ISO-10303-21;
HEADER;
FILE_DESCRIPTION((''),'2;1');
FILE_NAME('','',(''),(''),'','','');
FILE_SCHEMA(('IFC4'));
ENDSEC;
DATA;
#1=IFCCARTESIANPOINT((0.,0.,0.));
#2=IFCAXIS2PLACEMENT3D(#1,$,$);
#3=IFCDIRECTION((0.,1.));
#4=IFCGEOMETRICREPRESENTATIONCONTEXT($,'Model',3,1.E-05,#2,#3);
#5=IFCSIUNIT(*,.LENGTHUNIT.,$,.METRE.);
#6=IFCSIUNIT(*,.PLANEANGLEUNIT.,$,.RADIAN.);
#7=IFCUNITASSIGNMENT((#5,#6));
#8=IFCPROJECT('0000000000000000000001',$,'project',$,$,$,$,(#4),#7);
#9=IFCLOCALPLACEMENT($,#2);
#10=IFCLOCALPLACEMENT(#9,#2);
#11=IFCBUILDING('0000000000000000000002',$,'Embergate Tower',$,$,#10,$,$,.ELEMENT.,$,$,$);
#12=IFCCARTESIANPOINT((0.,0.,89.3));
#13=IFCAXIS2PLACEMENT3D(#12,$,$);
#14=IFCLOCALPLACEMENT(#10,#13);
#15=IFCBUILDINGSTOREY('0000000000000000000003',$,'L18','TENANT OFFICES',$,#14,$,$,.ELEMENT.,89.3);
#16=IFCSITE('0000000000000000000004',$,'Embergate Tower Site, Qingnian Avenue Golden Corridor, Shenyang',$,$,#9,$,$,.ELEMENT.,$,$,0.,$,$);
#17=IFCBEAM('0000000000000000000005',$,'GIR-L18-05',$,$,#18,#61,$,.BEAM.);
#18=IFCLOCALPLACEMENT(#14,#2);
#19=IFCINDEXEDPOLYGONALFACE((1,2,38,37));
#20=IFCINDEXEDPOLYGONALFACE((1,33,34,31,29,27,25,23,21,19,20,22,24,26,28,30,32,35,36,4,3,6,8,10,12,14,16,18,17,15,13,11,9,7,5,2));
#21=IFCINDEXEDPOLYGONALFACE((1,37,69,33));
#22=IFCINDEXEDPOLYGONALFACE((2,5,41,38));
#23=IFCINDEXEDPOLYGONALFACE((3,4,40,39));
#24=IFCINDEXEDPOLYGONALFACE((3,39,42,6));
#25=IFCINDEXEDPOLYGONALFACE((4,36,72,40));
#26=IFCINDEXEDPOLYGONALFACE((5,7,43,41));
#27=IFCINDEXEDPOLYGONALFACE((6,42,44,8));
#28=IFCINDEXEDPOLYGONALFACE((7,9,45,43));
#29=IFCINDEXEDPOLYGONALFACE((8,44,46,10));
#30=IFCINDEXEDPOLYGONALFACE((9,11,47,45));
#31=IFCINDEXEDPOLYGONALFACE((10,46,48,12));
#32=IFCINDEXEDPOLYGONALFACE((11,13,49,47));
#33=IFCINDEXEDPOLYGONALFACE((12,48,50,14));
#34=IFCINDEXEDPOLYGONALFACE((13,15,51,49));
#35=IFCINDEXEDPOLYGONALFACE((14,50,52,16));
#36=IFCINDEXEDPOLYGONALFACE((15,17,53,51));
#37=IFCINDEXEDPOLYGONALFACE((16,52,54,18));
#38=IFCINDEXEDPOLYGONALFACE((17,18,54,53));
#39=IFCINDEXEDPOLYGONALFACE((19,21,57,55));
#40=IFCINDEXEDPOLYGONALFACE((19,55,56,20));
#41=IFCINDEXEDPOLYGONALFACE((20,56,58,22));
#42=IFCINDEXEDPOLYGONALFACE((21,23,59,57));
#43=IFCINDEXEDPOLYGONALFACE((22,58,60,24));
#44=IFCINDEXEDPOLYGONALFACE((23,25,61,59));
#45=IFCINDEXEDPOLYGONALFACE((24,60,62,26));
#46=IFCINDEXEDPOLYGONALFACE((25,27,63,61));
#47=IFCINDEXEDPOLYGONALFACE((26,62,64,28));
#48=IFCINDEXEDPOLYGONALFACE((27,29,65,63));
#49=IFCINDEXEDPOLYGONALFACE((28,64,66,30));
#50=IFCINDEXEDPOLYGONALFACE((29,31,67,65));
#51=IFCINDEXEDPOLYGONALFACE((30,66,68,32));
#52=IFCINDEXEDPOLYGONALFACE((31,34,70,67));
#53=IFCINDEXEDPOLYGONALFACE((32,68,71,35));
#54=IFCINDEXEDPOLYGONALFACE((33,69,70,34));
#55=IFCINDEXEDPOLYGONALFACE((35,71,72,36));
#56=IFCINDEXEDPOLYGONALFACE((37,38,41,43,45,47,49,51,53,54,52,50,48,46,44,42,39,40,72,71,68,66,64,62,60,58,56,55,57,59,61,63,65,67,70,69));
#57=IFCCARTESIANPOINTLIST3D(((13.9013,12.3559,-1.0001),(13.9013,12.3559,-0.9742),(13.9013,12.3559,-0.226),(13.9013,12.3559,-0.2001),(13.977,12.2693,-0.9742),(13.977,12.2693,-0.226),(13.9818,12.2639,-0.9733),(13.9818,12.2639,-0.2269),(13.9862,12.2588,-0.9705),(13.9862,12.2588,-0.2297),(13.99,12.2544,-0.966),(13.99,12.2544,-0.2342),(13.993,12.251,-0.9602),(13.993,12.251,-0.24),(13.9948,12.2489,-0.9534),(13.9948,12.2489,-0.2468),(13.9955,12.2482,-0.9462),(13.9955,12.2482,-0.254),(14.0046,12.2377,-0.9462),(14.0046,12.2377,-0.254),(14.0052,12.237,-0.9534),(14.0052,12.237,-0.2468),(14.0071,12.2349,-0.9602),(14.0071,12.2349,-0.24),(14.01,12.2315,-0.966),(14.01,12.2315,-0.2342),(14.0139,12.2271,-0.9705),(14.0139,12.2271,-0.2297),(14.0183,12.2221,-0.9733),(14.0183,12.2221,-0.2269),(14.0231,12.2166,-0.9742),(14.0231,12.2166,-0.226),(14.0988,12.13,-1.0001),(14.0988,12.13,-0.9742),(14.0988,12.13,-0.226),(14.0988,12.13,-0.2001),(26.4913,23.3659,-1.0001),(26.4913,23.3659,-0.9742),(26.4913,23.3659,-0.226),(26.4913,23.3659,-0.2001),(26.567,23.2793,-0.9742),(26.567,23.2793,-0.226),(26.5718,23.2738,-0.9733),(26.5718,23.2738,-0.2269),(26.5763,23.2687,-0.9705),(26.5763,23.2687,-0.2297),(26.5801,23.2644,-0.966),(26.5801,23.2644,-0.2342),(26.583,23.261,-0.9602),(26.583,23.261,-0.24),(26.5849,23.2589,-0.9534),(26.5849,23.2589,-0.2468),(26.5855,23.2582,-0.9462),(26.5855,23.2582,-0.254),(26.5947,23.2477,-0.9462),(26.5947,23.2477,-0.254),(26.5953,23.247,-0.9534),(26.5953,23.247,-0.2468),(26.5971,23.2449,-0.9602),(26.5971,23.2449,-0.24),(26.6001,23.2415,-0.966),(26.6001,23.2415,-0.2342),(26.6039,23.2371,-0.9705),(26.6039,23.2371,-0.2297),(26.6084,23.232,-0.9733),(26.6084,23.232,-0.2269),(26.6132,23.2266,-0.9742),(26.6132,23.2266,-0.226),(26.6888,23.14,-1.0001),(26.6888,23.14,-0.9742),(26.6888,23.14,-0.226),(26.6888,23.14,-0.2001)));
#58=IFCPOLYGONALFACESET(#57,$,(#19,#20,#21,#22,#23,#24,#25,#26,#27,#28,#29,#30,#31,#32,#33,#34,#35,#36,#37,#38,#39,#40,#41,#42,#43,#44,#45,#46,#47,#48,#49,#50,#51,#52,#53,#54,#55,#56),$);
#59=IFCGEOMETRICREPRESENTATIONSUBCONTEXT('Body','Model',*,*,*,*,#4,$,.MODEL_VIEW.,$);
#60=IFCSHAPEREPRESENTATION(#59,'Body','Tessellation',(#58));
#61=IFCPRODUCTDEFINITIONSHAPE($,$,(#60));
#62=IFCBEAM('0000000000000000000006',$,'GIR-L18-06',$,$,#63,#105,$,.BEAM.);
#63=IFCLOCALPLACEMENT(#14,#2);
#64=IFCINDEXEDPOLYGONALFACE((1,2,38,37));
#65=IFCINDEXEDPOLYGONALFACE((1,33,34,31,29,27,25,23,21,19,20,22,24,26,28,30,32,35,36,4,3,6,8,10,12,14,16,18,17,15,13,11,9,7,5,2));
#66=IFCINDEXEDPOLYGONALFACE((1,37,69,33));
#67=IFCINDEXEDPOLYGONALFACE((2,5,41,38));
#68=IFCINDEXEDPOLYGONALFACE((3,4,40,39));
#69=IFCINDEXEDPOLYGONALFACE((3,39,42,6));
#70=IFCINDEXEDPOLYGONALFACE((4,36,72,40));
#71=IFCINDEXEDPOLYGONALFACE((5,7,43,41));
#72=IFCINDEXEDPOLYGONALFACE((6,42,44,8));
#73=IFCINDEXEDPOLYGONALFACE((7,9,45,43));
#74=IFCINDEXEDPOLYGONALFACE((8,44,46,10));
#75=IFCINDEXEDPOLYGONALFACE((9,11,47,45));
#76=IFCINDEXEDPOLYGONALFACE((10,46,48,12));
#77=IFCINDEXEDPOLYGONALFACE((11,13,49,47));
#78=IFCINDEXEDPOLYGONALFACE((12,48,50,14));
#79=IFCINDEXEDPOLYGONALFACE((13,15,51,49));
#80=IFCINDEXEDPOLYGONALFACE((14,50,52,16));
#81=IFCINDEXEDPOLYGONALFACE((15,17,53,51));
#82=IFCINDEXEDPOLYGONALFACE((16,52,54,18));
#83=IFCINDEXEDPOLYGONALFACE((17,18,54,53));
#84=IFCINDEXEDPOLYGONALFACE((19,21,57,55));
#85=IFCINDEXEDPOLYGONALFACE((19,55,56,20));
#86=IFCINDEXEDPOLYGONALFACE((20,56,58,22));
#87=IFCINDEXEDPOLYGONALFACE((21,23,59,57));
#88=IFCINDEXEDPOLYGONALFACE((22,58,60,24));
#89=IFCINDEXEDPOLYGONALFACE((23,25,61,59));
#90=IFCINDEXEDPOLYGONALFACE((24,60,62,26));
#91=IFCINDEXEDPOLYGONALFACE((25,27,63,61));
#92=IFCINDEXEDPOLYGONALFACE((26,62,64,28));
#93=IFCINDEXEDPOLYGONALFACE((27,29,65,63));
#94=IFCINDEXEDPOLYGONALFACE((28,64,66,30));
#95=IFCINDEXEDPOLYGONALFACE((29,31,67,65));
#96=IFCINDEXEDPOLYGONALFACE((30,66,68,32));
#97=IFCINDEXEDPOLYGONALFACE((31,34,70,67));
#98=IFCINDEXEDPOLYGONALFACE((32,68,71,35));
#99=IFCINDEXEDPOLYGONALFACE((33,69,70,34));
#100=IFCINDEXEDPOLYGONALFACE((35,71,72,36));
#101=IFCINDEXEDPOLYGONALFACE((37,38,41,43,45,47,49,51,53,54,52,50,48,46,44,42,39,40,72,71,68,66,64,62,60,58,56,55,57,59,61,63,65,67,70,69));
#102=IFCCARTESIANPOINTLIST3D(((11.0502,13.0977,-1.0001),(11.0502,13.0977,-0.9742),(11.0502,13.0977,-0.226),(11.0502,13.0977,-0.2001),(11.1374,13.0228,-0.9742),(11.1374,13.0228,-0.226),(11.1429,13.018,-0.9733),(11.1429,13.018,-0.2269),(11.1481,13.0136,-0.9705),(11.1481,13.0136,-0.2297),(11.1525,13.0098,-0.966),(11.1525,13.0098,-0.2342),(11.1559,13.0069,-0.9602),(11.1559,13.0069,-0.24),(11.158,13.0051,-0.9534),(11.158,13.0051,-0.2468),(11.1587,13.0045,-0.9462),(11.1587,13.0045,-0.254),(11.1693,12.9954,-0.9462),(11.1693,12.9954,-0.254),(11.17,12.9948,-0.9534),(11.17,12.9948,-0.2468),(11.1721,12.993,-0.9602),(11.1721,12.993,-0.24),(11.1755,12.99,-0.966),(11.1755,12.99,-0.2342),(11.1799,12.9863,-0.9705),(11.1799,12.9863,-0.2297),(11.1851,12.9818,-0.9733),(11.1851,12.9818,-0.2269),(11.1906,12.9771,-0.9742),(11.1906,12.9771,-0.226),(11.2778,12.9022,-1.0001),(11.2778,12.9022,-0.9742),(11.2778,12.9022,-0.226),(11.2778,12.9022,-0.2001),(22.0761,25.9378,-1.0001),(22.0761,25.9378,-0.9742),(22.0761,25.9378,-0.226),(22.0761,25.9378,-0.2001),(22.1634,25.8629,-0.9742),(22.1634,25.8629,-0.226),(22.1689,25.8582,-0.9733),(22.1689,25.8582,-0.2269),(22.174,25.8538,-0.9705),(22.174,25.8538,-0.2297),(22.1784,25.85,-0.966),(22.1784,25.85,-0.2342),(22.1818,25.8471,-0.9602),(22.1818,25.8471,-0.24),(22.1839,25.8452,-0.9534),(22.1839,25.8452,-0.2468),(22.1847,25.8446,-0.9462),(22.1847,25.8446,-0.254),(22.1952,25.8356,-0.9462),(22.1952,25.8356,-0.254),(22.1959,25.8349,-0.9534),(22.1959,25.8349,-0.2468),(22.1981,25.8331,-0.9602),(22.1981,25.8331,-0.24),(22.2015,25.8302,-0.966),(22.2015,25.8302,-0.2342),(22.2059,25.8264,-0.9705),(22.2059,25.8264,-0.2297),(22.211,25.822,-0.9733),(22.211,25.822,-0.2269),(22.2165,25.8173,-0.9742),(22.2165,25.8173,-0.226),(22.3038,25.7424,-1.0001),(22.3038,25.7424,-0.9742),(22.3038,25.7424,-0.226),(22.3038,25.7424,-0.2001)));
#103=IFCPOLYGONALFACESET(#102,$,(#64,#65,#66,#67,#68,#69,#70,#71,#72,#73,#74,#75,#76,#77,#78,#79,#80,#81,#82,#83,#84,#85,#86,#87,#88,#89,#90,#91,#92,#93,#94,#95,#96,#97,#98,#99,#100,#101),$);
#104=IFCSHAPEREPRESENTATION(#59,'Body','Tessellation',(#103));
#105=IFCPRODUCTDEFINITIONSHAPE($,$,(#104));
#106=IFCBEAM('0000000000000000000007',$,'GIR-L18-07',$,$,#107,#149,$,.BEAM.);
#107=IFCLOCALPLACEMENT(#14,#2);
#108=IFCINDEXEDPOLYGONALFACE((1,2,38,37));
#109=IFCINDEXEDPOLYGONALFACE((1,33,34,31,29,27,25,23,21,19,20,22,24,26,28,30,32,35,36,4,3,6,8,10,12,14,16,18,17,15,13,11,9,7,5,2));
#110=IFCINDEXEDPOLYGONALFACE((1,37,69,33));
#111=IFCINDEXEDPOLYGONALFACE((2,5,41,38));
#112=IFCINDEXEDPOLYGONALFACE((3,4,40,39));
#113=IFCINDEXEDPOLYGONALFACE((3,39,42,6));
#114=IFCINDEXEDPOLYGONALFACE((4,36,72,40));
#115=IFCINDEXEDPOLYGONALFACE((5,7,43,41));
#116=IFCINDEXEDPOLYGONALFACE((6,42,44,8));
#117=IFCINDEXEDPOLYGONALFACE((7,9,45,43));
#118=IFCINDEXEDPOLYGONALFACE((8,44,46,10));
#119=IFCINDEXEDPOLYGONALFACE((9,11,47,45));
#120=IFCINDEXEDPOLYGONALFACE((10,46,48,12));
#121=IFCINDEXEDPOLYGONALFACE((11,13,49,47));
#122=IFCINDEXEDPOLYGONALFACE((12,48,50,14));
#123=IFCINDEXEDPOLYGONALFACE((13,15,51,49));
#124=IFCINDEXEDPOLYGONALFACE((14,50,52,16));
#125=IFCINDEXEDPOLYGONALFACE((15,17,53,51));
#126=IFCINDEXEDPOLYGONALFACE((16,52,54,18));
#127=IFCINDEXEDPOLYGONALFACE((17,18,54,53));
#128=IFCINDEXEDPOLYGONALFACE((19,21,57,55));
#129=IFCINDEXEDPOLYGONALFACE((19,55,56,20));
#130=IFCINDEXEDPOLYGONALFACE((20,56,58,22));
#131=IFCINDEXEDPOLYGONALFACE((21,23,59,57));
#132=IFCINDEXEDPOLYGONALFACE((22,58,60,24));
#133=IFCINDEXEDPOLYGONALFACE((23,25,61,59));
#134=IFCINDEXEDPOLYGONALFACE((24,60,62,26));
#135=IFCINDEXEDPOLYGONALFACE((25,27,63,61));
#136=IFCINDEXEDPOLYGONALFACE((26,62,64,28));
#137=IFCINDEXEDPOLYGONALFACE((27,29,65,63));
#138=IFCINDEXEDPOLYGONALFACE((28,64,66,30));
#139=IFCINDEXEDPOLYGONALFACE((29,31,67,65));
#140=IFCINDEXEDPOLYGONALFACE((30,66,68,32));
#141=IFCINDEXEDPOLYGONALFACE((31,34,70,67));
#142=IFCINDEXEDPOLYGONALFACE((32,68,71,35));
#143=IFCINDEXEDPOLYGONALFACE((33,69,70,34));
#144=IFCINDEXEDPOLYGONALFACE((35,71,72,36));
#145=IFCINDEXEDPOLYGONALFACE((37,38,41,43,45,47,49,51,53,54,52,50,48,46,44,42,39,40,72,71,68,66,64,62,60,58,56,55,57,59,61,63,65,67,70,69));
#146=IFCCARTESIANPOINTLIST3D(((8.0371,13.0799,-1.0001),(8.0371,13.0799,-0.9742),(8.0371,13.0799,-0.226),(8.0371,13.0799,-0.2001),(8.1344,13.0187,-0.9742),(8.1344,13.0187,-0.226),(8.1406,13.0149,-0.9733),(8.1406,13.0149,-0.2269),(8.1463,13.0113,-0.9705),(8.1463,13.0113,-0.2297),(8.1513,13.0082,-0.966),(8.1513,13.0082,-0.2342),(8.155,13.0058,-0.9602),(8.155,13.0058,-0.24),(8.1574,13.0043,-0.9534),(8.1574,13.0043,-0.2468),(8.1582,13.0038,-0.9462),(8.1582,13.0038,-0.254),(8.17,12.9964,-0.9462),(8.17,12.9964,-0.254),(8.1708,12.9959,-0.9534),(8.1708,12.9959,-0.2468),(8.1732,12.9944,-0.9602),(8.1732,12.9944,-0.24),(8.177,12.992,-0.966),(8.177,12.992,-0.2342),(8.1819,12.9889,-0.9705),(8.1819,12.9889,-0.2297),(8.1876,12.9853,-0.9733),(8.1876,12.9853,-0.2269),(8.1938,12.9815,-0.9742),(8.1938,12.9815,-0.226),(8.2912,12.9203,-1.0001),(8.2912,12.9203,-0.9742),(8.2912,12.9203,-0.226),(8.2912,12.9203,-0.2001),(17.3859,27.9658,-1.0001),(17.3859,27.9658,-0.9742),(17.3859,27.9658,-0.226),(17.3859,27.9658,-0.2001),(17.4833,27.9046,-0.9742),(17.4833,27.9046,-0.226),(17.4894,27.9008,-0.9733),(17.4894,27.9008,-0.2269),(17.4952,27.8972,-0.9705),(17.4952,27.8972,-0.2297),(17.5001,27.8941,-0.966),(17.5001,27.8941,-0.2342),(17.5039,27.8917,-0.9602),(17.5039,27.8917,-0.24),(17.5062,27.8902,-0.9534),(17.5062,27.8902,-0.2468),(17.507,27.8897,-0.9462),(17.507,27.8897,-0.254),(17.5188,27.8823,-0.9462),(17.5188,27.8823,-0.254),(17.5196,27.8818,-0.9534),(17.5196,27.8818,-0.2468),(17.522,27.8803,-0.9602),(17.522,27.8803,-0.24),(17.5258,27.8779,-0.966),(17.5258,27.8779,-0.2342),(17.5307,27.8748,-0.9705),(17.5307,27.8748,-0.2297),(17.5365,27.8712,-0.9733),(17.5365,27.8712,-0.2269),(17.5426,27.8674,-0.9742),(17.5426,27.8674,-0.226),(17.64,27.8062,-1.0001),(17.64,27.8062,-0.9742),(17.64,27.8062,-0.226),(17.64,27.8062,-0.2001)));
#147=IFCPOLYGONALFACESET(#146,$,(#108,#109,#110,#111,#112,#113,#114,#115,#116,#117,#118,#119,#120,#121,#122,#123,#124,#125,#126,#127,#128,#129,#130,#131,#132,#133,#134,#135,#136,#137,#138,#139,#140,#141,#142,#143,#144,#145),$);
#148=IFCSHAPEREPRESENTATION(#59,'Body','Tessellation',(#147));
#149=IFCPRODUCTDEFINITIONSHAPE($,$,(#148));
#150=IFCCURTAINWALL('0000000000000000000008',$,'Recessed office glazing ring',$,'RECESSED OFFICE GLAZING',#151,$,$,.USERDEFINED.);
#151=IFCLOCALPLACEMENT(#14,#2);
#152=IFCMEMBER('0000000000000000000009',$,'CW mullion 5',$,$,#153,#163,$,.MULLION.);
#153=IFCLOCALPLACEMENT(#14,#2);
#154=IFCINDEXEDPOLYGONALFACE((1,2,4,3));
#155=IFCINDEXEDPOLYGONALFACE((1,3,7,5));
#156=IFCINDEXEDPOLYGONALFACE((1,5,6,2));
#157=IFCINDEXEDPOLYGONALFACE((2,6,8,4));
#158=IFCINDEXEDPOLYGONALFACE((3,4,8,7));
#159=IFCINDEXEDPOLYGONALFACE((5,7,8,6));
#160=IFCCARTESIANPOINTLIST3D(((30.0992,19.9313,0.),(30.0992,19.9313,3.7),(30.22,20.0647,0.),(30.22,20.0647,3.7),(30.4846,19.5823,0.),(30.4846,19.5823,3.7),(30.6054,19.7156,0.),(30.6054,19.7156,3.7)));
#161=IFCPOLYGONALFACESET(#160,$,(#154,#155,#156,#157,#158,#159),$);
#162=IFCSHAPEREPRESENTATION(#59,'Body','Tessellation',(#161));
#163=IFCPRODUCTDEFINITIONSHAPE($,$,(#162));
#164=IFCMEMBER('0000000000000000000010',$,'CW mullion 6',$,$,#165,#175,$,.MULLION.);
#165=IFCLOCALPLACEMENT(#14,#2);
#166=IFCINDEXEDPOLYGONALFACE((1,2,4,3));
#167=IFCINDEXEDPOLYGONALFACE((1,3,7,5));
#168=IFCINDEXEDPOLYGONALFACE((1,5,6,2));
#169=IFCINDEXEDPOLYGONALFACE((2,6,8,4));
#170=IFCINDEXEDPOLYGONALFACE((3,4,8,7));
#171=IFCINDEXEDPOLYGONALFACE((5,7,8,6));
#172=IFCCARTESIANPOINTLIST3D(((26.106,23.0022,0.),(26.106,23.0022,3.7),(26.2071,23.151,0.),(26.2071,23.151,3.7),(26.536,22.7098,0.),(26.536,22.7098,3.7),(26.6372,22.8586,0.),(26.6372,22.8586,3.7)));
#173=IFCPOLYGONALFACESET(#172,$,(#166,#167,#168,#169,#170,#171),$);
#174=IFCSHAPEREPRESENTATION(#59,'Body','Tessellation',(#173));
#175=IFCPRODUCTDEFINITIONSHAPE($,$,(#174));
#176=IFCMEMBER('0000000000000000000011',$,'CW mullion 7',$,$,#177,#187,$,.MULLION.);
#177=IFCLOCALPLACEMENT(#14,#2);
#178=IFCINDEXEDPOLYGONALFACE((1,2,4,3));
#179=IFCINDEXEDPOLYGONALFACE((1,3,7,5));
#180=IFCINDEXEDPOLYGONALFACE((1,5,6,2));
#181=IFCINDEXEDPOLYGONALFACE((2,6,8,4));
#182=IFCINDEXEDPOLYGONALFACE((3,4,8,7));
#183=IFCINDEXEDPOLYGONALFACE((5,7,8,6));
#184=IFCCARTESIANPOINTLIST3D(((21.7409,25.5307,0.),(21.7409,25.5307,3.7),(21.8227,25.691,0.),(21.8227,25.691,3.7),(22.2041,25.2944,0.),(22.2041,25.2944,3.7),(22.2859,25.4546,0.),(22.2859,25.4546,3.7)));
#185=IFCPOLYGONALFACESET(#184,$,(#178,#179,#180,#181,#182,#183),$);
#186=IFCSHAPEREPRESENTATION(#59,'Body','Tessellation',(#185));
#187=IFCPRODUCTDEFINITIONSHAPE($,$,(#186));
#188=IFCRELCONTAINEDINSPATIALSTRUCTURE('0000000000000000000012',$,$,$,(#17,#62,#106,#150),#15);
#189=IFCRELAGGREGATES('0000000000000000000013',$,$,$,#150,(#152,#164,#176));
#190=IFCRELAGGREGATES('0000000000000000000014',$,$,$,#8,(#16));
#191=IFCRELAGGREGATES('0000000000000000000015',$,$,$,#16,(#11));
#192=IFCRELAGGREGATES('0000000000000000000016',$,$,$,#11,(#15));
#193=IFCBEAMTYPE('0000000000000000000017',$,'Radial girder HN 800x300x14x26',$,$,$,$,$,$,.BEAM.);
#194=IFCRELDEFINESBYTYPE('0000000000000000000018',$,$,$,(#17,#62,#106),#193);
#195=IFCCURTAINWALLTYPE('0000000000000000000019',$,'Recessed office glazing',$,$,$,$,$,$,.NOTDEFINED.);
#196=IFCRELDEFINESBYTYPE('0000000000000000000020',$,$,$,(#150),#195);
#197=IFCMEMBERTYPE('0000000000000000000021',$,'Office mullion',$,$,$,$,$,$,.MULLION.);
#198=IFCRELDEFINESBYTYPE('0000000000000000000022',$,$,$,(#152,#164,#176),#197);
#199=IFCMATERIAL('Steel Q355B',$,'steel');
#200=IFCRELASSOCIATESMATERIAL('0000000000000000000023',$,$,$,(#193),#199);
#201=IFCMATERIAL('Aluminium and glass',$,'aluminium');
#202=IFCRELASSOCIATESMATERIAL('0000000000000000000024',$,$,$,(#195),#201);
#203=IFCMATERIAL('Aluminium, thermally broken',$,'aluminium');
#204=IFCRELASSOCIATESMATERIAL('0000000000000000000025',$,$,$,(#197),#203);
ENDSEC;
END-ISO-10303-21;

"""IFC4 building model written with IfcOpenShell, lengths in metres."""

from ifc_helpers import new_model, si_unit, direction, frame, origin, origin_2d, place, context, subcontext, project, spatial, rectangle, i_section, extrude, source, transform, mapped, material, material_profile, profile_set, type_object, element, aggregate, save


model = new_model("IFC4")

# Units and contexts
model_context = context("Model", 3, precision=1e-05, world=origin(), true_north=direction((0.0, 1.0)))
body_context = subcontext(model_context, "Body", "Model", "MODEL_VIEW")
ifc_project = project(units=[si_unit("LENGTHUNIT", "METRE"), si_unit("PLANEANGLEUNIT", "RADIAN")], contexts=[model_context])

# Site, building, storey
site_placement = place(None, origin())
site = spatial("IfcSite", under=ifc_project, at=site_placement, Name="Embergate Tower Site, Qingnian Avenue Golden Corridor, Shenyang", CompositionType="ELEMENT", RefElevation=0.0)
building_placement = place(site_placement, origin())
building = spatial("IfcBuilding", under=site, at=building_placement, Name="Embergate Tower", CompositionType="ELEMENT")
storey_placement = place(building_placement, frame((0.0, 0.0, 89.3)))
storey = spatial("IfcBuildingStorey", under=building, at=storey_placement, Name="L18", Description="TENANT OFFICES", CompositionType="ELEMENT", Elevation=89.3)

# Beams
ifc_material_1 = material(Name="Steel Q355B", Category="steel")
ifc_material_profile_1 = material_profile(ifc_material_1, i_section(OverallWidth=0.3, OverallDepth=0.8, WebThickness=0.0139, FlangeThickness=0.0259, FilletRadius=0.0281, at=origin_2d()), Name="HN 800x300x14x26")
ifc_profile_set_1 = profile_set([ifc_material_profile_1], Name="Steel Q355 grade B")
beam_type_1 = type_object("IfcBeamType", Name="Radial girder HN 800x300x14x26", PredefinedType="BEAM", material=ifc_profile_set_1)
shared_shape_1 = source(origin(), body_context, "Body", "SweptSolid", [
    extrude(i_section(OverallWidth=0.3, OverallDepth=0.8, WebThickness=0.0139, FlangeThickness=0.0259, FilletRadius=0.0281, at=origin_2d()), origin(), (0.0, 0.0, 1.0), 16.7251),
])
beam_1_placement = place(storey_placement, frame((26.5901, 23.2529, -0.6001), z_axis=(-0.752764, -0.658291, 0.0), x_axis=(0.658291, -0.752764, 0.0)))
element("IfcBeam", 1, at=beam_1_placement, inside=storey, type_object=beam_type_1, Name="GIR-L18-05", PredefinedType="BEAM", context=body_context, shape_type="MappedRepresentation", body=[
    mapped(shared_shape_1, transform((0.0, 0.0, 0.0))),
])
shared_shape_2 = source(origin(), body_context, "Body", "SweptSolid", [
    extrude(i_section(OverallWidth=0.3, OverallDepth=0.8, WebThickness=0.0139, FlangeThickness=0.0259, FilletRadius=0.0281, at=origin_2d()), origin(), (0.0, 0.0, 1.0), 16.9246),
])
beam_2_placement = place(storey_placement, frame((22.1899, 25.8401, -0.6001), z_axis=(-0.651475, -0.75867, 0.0), x_axis=(0.75867, -0.651475, 0.0)))
element("IfcBeam", 2, at=beam_2_placement, inside=storey, type_object=beam_type_1, Name="GIR-L18-06", PredefinedType="BEAM", context=body_context, shape_type="MappedRepresentation", body=[
    mapped(shared_shape_2, transform((0.0, 0.0, 0.0))),
])
shared_shape_3 = source(origin(), body_context, "Body", "SweptSolid", [
    extrude(i_section(OverallWidth=0.3, OverallDepth=0.8, WebThickness=0.0139, FlangeThickness=0.0259, FilletRadius=0.0281, at=origin_2d()), origin(), (0.0, 0.0, 1.0), 17.5781),
])
beam_3_placement = place(storey_placement, frame((17.5129, 27.886, -0.6001), z_axis=(-0.531844, -0.846842, 0.0), x_axis=(0.846842, -0.531844, 0.0)))
element("IfcBeam", 3, at=beam_3_placement, inside=storey, type_object=beam_type_1, Name="GIR-L18-07", PredefinedType="BEAM", context=body_context, shape_type="MappedRepresentation", body=[
    mapped(shared_shape_3, transform((0.0, 0.0, 0.0))),
])

# Curtain wall, members
ifc_material_2 = material(Name="Aluminium and glass", Category="aluminium")
curtain_wall_type = type_object("IfcCurtainWallType", Name="Recessed office glazing", PredefinedType="NOTDEFINED", material=ifc_material_2)
curtain_wall_placement = place(storey_placement, origin())
curtain_wall = element("IfcCurtainWall", 4, at=curtain_wall_placement, inside=storey, type_object=curtain_wall_type, Name="Recessed office glazing ring", ObjectType="RECESSED OFFICE GLAZING", PredefinedType="USERDEFINED")
ifc_material_3 = material(Name="Aluminium, thermally broken", Category="aluminium")
ifc_material_profile_2 = material_profile(ifc_material_3, rectangle(XDim=0.1799, YDim=0.52, at=origin_2d()), Name="AL 520x180")
ifc_profile_set_2 = profile_set([ifc_material_profile_2], Name="Aluminium, thermally broken")
member_type_1 = type_object("IfcMemberType", Name="Office mullion", PredefinedType="MULLION", material=ifc_profile_set_2)
shared_shape_4 = source(origin(), body_context, "Body", "SweptSolid", [
    extrude(rectangle(XDim=0.1799, YDim=0.52, at=origin_2d()), origin(), (0.0, 0.0, 1.0), 3.7),
])
member_1_placement = place(storey_placement, frame((30.3523, 19.8235, 0.0), z_axis=(0.0, 0.0, 1.0), x_axis=(-0.671229, -0.74125, 0.0)))
member_1 = element("IfcMember", 5, at=member_1_placement, type_object=member_type_1, Name="CW mullion 5", PredefinedType="MULLION", context=body_context, shape_type="MappedRepresentation", body=[
    mapped(shared_shape_4, transform((0.0, 0.0, 0.0))),
])
member_2_placement = place(storey_placement, frame((26.3716, 22.9304, 0.0), z_axis=(0.0, 0.0, 1.0), x_axis=(-0.562218, -0.826989, 0.0)))
member_2 = element("IfcMember", 6, at=member_2_placement, type_object=member_type_1, Name="CW mullion 6", PredefinedType="MULLION", context=body_context, shape_type="MappedRepresentation", body=[
    mapped(shared_shape_4, transform((0.0, 0.0, 0.0))),
])
member_3_placement = place(storey_placement, frame((22.0134, 25.4927, 0.0), z_axis=(0.0, 0.0, 1.0), x_axis=(-0.454511, -0.890741, 0.0)))
member_3 = element("IfcMember", 7, at=member_3_placement, type_object=member_type_1, Name="CW mullion 7", PredefinedType="MULLION", context=body_context, shape_type="MappedRepresentation", body=[
    mapped(shared_shape_4, transform((0.0, 0.0, 0.0))),
])
aggregate(curtain_wall, [member_1, member_2, member_3])

save(model, "model.ifc")
